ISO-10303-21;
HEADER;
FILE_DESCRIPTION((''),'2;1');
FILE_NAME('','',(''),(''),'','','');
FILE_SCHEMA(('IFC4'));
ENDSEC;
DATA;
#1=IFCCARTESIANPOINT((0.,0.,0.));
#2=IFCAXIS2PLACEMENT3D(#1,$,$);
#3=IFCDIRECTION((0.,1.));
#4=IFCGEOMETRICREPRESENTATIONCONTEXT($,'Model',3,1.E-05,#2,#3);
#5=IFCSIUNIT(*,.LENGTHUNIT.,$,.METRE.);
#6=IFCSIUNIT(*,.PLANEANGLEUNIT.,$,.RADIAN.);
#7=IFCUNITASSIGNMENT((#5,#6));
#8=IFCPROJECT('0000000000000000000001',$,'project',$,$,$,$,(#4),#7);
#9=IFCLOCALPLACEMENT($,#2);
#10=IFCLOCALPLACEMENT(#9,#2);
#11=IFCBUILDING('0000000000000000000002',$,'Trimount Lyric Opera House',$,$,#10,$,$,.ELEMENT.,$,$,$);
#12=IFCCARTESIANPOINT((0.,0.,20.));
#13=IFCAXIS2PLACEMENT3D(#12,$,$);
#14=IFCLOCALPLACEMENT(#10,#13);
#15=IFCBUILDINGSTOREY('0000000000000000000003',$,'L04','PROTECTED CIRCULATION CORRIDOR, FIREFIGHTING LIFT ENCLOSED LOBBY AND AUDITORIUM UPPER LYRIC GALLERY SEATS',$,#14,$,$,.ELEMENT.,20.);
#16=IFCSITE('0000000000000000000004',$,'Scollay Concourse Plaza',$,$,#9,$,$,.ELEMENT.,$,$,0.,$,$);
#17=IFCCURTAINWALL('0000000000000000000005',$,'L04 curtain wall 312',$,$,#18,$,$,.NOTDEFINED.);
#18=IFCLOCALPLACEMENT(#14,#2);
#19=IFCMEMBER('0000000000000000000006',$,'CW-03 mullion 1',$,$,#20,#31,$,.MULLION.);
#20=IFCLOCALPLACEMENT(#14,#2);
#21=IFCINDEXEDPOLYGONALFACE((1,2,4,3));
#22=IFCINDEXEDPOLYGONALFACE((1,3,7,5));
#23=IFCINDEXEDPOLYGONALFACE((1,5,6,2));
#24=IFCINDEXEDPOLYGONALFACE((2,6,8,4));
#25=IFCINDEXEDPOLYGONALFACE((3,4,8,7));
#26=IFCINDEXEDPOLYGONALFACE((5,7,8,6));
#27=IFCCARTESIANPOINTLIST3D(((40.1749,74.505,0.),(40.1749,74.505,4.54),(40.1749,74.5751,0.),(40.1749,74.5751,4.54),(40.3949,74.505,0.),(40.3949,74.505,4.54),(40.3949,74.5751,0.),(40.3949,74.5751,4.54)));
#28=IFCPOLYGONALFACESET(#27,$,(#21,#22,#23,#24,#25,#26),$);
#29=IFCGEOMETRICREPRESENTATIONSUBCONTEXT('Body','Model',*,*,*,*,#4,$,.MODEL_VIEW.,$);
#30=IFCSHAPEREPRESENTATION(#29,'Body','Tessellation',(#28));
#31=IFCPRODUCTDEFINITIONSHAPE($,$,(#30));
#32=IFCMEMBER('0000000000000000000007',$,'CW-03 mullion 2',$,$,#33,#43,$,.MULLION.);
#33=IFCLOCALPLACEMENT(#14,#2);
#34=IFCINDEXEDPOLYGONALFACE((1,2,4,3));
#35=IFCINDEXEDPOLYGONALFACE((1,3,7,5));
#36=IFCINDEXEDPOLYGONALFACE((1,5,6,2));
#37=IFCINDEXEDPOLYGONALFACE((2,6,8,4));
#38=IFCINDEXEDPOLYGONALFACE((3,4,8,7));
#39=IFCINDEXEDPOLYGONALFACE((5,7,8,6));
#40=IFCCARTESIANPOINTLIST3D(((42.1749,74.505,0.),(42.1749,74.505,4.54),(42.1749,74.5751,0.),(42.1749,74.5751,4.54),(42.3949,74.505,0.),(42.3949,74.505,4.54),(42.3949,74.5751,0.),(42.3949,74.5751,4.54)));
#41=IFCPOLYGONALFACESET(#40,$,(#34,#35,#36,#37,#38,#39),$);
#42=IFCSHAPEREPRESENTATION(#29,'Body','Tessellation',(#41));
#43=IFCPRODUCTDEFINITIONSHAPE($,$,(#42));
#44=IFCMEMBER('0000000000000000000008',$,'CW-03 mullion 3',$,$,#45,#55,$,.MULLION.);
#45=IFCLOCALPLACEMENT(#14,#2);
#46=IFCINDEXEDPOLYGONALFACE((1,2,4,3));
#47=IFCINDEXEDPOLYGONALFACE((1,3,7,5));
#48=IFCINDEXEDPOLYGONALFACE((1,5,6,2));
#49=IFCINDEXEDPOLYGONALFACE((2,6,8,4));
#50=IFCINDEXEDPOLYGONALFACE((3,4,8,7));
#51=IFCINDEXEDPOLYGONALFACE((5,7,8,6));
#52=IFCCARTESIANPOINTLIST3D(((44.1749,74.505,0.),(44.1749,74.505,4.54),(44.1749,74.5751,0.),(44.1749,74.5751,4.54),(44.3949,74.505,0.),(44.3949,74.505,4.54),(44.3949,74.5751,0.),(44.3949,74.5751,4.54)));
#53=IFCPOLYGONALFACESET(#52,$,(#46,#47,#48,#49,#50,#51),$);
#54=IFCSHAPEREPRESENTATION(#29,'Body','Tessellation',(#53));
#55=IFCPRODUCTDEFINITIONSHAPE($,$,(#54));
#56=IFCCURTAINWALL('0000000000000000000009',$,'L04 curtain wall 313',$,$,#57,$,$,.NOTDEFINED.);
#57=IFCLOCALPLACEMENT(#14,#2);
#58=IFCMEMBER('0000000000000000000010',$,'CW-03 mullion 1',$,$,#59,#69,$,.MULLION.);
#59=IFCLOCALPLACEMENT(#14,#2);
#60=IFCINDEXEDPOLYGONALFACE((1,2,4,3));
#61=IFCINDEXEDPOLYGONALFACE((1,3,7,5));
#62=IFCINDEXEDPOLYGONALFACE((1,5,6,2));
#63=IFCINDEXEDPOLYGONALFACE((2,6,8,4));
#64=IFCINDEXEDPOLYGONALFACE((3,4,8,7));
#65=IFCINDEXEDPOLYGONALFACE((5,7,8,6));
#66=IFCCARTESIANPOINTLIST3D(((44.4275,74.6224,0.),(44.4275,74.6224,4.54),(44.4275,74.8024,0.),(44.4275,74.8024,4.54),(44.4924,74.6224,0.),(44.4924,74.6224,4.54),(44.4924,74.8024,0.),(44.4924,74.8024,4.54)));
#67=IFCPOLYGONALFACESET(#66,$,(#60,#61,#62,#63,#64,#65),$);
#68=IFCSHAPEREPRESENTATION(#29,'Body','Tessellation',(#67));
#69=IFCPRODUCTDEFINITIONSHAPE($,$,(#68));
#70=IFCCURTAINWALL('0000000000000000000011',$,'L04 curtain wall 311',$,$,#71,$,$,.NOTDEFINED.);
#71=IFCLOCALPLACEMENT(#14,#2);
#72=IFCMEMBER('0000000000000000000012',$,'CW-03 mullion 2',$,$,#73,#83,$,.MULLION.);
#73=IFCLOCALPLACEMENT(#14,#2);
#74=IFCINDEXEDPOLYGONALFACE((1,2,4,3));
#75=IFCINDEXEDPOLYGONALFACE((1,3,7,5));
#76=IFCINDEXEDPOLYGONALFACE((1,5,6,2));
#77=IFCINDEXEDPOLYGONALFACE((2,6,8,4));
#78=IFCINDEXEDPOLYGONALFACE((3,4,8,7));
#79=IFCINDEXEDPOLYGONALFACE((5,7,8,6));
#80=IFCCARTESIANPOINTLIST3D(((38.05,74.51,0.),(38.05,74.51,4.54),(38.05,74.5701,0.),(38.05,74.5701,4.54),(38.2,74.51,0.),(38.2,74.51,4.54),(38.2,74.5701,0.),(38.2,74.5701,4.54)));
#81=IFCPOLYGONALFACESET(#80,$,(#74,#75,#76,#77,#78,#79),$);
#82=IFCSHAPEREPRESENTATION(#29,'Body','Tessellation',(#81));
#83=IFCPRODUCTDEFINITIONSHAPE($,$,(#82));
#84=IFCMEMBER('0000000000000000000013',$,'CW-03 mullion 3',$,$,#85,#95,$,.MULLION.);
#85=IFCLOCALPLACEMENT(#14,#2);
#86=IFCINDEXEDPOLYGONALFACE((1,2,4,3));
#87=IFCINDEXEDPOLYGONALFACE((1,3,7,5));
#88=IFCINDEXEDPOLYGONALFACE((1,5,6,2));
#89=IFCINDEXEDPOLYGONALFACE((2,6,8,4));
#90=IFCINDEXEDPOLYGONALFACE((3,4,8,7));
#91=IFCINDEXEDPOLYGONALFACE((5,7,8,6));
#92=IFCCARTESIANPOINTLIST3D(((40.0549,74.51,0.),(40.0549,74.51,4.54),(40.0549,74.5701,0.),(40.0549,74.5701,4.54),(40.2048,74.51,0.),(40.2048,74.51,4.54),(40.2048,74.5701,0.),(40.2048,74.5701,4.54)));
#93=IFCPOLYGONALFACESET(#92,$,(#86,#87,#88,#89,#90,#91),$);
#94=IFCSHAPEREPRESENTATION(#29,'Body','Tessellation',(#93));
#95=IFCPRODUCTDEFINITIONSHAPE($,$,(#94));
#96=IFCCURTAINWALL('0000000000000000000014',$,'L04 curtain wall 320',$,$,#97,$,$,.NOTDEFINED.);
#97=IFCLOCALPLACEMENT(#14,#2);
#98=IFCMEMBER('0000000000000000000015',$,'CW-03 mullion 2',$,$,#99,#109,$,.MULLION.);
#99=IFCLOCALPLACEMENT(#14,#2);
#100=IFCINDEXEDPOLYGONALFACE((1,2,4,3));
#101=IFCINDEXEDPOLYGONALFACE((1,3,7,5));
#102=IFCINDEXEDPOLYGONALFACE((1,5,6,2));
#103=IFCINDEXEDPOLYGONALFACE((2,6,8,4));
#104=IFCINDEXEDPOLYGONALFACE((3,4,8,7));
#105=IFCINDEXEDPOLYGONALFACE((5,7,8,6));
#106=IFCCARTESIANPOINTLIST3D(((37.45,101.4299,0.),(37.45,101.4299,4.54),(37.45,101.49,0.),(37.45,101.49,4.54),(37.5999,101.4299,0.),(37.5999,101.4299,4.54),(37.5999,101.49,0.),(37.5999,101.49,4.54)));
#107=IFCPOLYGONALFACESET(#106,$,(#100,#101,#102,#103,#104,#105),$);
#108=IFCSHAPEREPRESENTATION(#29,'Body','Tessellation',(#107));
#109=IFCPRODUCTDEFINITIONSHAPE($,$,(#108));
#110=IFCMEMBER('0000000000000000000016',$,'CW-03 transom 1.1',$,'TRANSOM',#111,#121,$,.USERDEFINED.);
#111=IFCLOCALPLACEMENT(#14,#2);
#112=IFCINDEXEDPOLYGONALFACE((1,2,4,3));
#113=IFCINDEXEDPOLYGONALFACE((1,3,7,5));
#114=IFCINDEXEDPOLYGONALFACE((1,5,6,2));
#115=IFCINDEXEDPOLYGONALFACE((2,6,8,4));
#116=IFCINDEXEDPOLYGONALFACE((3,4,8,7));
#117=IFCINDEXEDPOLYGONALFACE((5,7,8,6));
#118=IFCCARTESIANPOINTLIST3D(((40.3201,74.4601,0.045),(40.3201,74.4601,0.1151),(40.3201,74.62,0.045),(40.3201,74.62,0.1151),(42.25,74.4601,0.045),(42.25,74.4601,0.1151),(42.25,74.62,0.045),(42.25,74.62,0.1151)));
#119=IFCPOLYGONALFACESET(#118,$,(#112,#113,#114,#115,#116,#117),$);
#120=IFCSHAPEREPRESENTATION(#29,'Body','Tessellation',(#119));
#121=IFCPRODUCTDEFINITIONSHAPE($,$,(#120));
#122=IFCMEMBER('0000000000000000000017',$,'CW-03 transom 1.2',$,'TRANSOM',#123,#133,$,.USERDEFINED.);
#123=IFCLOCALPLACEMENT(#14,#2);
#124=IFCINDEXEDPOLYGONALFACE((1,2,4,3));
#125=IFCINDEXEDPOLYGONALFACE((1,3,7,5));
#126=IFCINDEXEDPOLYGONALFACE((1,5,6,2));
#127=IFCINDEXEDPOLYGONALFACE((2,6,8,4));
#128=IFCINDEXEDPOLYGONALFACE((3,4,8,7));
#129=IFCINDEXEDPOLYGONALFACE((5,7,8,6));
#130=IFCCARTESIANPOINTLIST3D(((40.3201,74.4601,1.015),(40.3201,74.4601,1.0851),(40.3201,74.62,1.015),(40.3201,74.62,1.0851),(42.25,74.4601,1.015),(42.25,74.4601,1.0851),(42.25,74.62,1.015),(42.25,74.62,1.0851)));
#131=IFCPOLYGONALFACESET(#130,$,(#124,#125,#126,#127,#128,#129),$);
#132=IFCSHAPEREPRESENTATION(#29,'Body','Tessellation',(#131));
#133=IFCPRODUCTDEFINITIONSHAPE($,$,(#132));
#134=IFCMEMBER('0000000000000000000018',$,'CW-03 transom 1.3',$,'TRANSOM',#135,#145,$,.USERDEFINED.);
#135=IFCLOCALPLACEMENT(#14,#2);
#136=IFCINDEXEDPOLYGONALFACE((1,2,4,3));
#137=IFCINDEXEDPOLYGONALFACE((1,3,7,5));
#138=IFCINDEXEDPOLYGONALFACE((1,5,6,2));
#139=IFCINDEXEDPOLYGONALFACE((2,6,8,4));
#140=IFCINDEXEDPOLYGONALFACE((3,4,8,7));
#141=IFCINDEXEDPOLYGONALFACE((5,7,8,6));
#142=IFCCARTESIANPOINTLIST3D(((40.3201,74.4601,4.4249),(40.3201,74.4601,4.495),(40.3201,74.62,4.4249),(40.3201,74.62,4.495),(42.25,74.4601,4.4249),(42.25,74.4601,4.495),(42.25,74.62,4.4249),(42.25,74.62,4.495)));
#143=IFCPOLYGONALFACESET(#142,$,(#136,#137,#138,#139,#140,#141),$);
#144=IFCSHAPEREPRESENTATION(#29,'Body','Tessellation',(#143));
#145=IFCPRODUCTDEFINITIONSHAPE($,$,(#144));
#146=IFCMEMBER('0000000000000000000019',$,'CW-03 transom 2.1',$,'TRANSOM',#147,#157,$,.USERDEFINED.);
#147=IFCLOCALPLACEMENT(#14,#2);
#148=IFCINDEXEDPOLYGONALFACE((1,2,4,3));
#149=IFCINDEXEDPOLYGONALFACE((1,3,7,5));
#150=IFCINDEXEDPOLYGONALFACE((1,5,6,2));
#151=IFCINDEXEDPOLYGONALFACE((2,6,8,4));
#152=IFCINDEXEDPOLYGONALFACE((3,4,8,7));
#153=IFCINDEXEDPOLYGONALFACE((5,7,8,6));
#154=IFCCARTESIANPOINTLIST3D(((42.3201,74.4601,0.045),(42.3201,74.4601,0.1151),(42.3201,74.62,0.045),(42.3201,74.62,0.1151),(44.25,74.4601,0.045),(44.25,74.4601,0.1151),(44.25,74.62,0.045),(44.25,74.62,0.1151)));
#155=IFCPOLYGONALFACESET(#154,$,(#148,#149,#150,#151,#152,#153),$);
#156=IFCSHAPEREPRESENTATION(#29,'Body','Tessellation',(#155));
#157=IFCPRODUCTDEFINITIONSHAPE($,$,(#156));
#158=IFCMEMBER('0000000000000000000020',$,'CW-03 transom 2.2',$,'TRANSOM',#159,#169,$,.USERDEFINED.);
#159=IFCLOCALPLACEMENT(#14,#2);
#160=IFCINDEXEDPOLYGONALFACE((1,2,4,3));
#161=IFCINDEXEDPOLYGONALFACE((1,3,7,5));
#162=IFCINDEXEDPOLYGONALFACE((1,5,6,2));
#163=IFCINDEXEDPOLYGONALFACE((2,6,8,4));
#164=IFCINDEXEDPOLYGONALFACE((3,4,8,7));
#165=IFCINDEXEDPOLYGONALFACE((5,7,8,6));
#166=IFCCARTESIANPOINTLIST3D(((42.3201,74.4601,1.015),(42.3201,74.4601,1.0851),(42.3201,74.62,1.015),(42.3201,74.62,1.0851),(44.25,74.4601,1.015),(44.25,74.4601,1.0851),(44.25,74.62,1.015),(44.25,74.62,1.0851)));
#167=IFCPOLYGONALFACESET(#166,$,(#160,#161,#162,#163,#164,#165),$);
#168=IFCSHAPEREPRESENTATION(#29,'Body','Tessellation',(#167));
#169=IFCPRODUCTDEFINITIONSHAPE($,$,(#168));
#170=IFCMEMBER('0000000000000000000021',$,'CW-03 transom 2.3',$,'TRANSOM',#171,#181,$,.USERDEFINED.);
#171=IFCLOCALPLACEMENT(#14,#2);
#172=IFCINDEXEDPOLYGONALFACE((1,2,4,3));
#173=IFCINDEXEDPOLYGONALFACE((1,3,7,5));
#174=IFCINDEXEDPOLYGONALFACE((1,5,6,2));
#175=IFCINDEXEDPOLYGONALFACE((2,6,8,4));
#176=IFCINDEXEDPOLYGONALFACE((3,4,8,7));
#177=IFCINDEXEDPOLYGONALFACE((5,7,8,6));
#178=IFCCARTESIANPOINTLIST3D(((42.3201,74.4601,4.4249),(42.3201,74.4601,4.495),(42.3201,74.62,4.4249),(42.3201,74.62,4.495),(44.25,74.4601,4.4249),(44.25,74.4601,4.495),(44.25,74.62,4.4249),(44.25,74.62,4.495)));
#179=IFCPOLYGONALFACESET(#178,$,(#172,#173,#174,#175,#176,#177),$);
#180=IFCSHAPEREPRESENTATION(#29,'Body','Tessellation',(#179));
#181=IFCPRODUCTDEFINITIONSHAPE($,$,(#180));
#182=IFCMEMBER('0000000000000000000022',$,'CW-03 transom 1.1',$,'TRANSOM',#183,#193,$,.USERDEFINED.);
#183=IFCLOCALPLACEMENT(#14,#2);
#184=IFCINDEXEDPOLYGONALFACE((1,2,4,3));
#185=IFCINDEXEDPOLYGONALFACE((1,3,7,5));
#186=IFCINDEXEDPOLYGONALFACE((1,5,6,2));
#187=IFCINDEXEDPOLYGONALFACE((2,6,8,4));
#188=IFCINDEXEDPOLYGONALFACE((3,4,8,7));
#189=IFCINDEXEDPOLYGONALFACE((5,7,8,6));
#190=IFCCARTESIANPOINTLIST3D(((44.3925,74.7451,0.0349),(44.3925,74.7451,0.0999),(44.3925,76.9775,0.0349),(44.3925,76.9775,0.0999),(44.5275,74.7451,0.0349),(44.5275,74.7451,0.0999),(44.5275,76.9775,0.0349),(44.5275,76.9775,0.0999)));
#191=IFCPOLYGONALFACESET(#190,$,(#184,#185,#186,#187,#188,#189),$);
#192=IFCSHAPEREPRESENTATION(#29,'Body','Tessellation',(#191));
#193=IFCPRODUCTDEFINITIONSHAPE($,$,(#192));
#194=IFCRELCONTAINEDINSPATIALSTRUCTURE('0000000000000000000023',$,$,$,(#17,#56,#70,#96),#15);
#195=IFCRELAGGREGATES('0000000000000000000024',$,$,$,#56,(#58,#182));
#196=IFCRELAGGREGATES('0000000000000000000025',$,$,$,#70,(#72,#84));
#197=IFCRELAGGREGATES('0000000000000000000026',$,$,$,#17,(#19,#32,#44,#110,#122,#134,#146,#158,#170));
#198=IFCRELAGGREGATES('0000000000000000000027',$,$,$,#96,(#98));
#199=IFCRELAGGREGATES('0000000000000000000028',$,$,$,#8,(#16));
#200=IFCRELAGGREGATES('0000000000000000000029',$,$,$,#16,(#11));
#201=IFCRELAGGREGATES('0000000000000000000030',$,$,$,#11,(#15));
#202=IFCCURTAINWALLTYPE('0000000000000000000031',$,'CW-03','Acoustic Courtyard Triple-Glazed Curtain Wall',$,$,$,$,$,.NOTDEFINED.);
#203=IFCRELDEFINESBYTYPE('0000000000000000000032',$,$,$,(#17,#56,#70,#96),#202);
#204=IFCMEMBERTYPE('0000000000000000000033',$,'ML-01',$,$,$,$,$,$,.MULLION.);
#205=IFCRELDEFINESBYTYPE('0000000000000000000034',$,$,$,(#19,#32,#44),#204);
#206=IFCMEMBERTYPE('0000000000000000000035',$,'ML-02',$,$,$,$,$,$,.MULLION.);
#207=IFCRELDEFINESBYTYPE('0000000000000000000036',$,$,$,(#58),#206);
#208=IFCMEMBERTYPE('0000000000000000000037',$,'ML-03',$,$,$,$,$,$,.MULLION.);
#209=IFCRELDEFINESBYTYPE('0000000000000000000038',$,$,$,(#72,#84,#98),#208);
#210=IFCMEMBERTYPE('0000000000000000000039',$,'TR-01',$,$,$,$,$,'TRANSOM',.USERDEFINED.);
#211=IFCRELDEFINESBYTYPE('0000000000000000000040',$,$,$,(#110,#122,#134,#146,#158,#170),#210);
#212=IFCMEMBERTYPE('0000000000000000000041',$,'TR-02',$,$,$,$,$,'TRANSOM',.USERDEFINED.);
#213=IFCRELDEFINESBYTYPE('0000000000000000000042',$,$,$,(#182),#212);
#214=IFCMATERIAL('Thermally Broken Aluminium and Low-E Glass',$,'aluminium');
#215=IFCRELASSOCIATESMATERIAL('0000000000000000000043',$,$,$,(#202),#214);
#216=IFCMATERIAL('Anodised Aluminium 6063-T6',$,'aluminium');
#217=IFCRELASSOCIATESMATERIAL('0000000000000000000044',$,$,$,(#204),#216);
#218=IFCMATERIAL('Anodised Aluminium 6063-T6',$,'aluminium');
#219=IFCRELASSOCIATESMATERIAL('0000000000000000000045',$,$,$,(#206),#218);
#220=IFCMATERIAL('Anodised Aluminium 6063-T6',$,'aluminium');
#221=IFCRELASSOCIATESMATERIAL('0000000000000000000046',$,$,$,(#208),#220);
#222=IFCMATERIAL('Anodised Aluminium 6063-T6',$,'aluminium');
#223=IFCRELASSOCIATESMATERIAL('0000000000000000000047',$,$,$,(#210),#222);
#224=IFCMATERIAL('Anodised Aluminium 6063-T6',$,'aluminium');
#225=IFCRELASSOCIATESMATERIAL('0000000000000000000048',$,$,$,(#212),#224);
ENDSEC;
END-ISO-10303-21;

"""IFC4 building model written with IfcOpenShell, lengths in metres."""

from ifc_helpers import new_model, si_unit, direction, frame, origin, origin_2d, place, context, subcontext, project, spatial, rectangle, extrude, material, material_profile, profile_set, type_object, element, aggregate, save


model = new_model("IFC4")

# Units and contexts
model_context = context("Model", 3, precision=1e-05, world=origin(), true_north=direction((0.0, 1.0)))
body_context = subcontext(model_context, "Body", "Model", "MODEL_VIEW")
ifc_project = project(units=[si_unit("LENGTHUNIT", "METRE"), si_unit("PLANEANGLEUNIT", "RADIAN")], contexts=[model_context])

# Site, building, storey
site_placement = place(None, origin())
site = spatial("IfcSite", under=ifc_project, at=site_placement, Name="Scollay Concourse Plaza", CompositionType="ELEMENT", RefElevation=0.0)
building_placement = place(site_placement, origin())
building = spatial("IfcBuilding", under=site, at=building_placement, Name="Trimount Lyric Opera House", CompositionType="ELEMENT")
storey_placement = place(building_placement, frame((0.0, 0.0, 20.0)))
storey = spatial("IfcBuildingStorey", under=building, at=storey_placement, Name="L04", Description="PROTECTED CIRCULATION CORRIDOR, FIREFIGHTING LIFT ENCLOSED LOBBY AND AUDITORIUM UPPER LYRIC GALLERY SEATS", CompositionType="ELEMENT", Elevation=20.0)

# Curtain wall, members
ifc_material_1 = material(Name="Thermally Broken Aluminium and Low-E Glass", Category="aluminium")
curtain_wall_type = type_object("IfcCurtainWallType", Name="CW-03", Description="Acoustic Courtyard Triple-Glazed Curtain Wall", PredefinedType="NOTDEFINED", material=ifc_material_1)
curtain_wall_1_placement = place(storey_placement, origin())
curtain_wall_1 = element("IfcCurtainWall", 1, at=curtain_wall_1_placement, inside=storey, type_object=curtain_wall_type, Name="L04 curtain wall 312", PredefinedType="NOTDEFINED")
ifc_material_2 = material(Name="Anodised Aluminium 6063-T6", Category="aluminium")
ifc_material_profile_1 = material_profile(ifc_material_2, rectangle(XDim=0.0701, YDim=0.22, at=origin_2d()), Name="ALU-MULL-70X220")
ifc_profile_set_1 = profile_set([ifc_material_profile_1], Name="Anodised Aluminium 6063-T6")
member_type_1 = type_object("IfcMemberType", Name="ML-01", PredefinedType="MULLION", material=ifc_profile_set_1)
member_1_placement = place(storey_placement, frame((40.2849, 74.54, 0.0), z_axis=(0.0, 0.0, 1.0), x_axis=(0.0, 1.0, 0.0)))
member_1 = element("IfcMember", 2, at=member_1_placement, type_object=member_type_1, Name="CW-03 mullion 1", PredefinedType="MULLION", context=body_context, shape_type="SweptSolid", body=[
    extrude(rectangle(XDim=0.0701, YDim=0.22, at=origin_2d()), origin(), (0.0, 0.0, 1.0), 4.54),
])
member_2_placement = place(storey_placement, frame((42.2849, 74.54, 0.0), z_axis=(0.0, 0.0, 1.0), x_axis=(0.0, 1.0, 0.0)))
member_2 = element("IfcMember", 3, at=member_2_placement, type_object=member_type_1, Name="CW-03 mullion 2", PredefinedType="MULLION", context=body_context, shape_type="SweptSolid", body=[
    extrude(rectangle(XDim=0.0701, YDim=0.22, at=origin_2d()), origin(), (0.0, 0.0, 1.0), 4.54),
])
member_3_placement = place(storey_placement, frame((44.2849, 74.54, 0.0), z_axis=(0.0, 0.0, 1.0), x_axis=(0.0, 1.0, 0.0)))
member_3 = element("IfcMember", 4, at=member_3_placement, type_object=member_type_1, Name="CW-03 mullion 3", PredefinedType="MULLION", context=body_context, shape_type="SweptSolid", body=[
    extrude(rectangle(XDim=0.0701, YDim=0.22, at=origin_2d()), origin(), (0.0, 0.0, 1.0), 4.54),
])

# Curtain wall, member
curtain_wall_2_placement = place(storey_placement, origin())
curtain_wall_2 = element("IfcCurtainWall", 5, at=curtain_wall_2_placement, inside=storey, type_object=curtain_wall_type, Name="L04 curtain wall 313", PredefinedType="NOTDEFINED")
ifc_material_3 = material(Name="Anodised Aluminium 6063-T6", Category="aluminium")
ifc_material_profile_2 = material_profile(ifc_material_3, rectangle(XDim=0.0649, YDim=0.1799, at=origin_2d()), Name="ALU-MULL-65X180")
ifc_profile_set_2 = profile_set([ifc_material_profile_2], Name="Anodised Aluminium 6063-T6")
member_type_2 = type_object("IfcMemberType", Name="ML-02", PredefinedType="MULLION", material=ifc_profile_set_2)
member_4_placement = place(storey_placement, frame((44.46, 74.7124, 0.0), z_axis=(0.0, 0.0, 1.0), x_axis=(-1.0, 0.0, 0.0)))
member_4 = element("IfcMember", 6, at=member_4_placement, type_object=member_type_2, Name="CW-03 mullion 1", PredefinedType="MULLION", context=body_context, shape_type="SweptSolid", body=[
    extrude(rectangle(XDim=0.0649, YDim=0.1799, at=origin_2d()), origin(), (0.0, 0.0, 1.0), 4.54),
])

# Curtain wall, members
curtain_wall_3_placement = place(storey_placement, origin())
curtain_wall_3 = element("IfcCurtainWall", 7, at=curtain_wall_3_placement, inside=storey, type_object=curtain_wall_type, Name="L04 curtain wall 311", PredefinedType="NOTDEFINED")
ifc_material_4 = material(Name="Anodised Aluminium 6063-T6", Category="aluminium")
ifc_material_profile_3 = material_profile(ifc_material_4, rectangle(XDim=0.0601, YDim=0.1499, at=origin_2d()), Name="ALU-MULL-60X150")
ifc_profile_set_3 = profile_set([ifc_material_profile_3], Name="Anodised Aluminium 6063-T6")
member_type_3 = type_object("IfcMemberType", Name="ML-03", PredefinedType="MULLION", material=ifc_profile_set_3)
member_5_placement = place(storey_placement, frame((38.125, 74.54, 0.0), z_axis=(0.0, 0.0, 1.0), x_axis=(0.0, 1.0, 0.0)))
member_5 = element("IfcMember", 8, at=member_5_placement, type_object=member_type_3, Name="CW-03 mullion 2", PredefinedType="MULLION", context=body_context, shape_type="SweptSolid", body=[
    extrude(rectangle(XDim=0.0601, YDim=0.1499, at=origin_2d()), origin(), (0.0, 0.0, 1.0), 4.54),
])
member_6_placement = place(storey_placement, frame((40.1299, 74.54, 0.0), z_axis=(0.0, 0.0, 1.0), x_axis=(0.0, 1.0, 0.0)))
member_6 = element("IfcMember", 9, at=member_6_placement, type_object=member_type_3, Name="CW-03 mullion 3", PredefinedType="MULLION", context=body_context, shape_type="SweptSolid", body=[
    extrude(rectangle(XDim=0.0601, YDim=0.1499, at=origin_2d()), origin(), (0.0, 0.0, 1.0), 4.54),
])

# Curtain wall, member
curtain_wall_4_placement = place(storey_placement, origin())
curtain_wall_4 = element("IfcCurtainWall", 10, at=curtain_wall_4_placement, inside=storey, type_object=curtain_wall_type, Name="L04 curtain wall 320", PredefinedType="NOTDEFINED")
member_7_placement = place(storey_placement, frame((37.5249, 101.46, 0.0), z_axis=(0.0, 0.0, 1.0), x_axis=(0.0, -1.0, 0.0)))
member_7 = element("IfcMember", 11, at=member_7_placement, type_object=member_type_3, Name="CW-03 mullion 2", PredefinedType="MULLION", context=body_context, shape_type="SweptSolid", body=[
    extrude(rectangle(XDim=0.0601, YDim=0.1499, at=origin_2d()), origin(), (0.0, 0.0, 1.0), 4.54),
])

# Members
ifc_material_5 = material(Name="Anodised Aluminium 6063-T6", Category="aluminium")
ifc_material_profile_4 = material_profile(ifc_material_5, rectangle(XDim=0.1599, YDim=0.0701, at=origin_2d()), Name="ALU-TRAN-70X160")
ifc_profile_set_4 = profile_set([ifc_material_profile_4], Name="Anodised Aluminium 6063-T6")
member_type_4 = type_object("IfcMemberType", Name="TR-01", ElementType="TRANSOM", PredefinedType="USERDEFINED", material=ifc_profile_set_4)
member_8_placement = place(storey_placement, frame((40.3201, 74.54, 0.0801), z_axis=(1.0, 0.0, 0.0), x_axis=(0.0, 1.0, 0.0)))
member_8 = element("IfcMember", 12, at=member_8_placement, type_object=member_type_4, Name="CW-03 transom 1.1", ObjectType="TRANSOM", PredefinedType="USERDEFINED", context=body_context, shape_type="SweptSolid", body=[
    extrude(rectangle(XDim=0.1599, YDim=0.0701, at=origin_2d()), origin(), (0.0, 0.0, 1.0), 1.9299),
])
member_9_placement = place(storey_placement, frame((40.3201, 74.54, 1.05), z_axis=(1.0, 0.0, 0.0), x_axis=(0.0, 1.0, 0.0)))
member_9 = element("IfcMember", 13, at=member_9_placement, type_object=member_type_4, Name="CW-03 transom 1.2", ObjectType="TRANSOM", PredefinedType="USERDEFINED", context=body_context, shape_type="SweptSolid", body=[
    extrude(rectangle(XDim=0.1599, YDim=0.0701, at=origin_2d()), origin(), (0.0, 0.0, 1.0), 1.9299),
])
member_10_placement = place(storey_placement, frame((40.3201, 74.54, 4.46), z_axis=(1.0, 0.0, 0.0), x_axis=(0.0, 1.0, 0.0)))
member_10 = element("IfcMember", 14, at=member_10_placement, type_object=member_type_4, Name="CW-03 transom 1.3", ObjectType="TRANSOM", PredefinedType="USERDEFINED", context=body_context, shape_type="SweptSolid", body=[
    extrude(rectangle(XDim=0.1599, YDim=0.0701, at=origin_2d()), origin(), (0.0, 0.0, 1.0), 1.9299),
])
member_11_placement = place(storey_placement, frame((42.3201, 74.54, 0.0801), z_axis=(1.0, 0.0, 0.0), x_axis=(0.0, 1.0, 0.0)))
member_11 = element("IfcMember", 15, at=member_11_placement, type_object=member_type_4, Name="CW-03 transom 2.1", ObjectType="TRANSOM", PredefinedType="USERDEFINED", context=body_context, shape_type="SweptSolid", body=[
    extrude(rectangle(XDim=0.1599, YDim=0.0701, at=origin_2d()), origin(), (0.0, 0.0, 1.0), 1.9299),
])
member_12_placement = place(storey_placement, frame((42.3201, 74.54, 1.05), z_axis=(1.0, 0.0, 0.0), x_axis=(0.0, 1.0, 0.0)))
member_12 = element("IfcMember", 16, at=member_12_placement, type_object=member_type_4, Name="CW-03 transom 2.2", ObjectType="TRANSOM", PredefinedType="USERDEFINED", context=body_context, shape_type="SweptSolid", body=[
    extrude(rectangle(XDim=0.1599, YDim=0.0701, at=origin_2d()), origin(), (0.0, 0.0, 1.0), 1.9299),
])
member_13_placement = place(storey_placement, frame((42.3201, 74.54, 4.46), z_axis=(1.0, 0.0, 0.0), x_axis=(0.0, 1.0, 0.0)))
member_13 = element("IfcMember", 17, at=member_13_placement, type_object=member_type_4, Name="CW-03 transom 2.3", ObjectType="TRANSOM", PredefinedType="USERDEFINED", context=body_context, shape_type="SweptSolid", body=[
    extrude(rectangle(XDim=0.1599, YDim=0.0701, at=origin_2d()), origin(), (0.0, 0.0, 1.0), 1.9299),
])
ifc_material_6 = material(Name="Anodised Aluminium 6063-T6", Category="aluminium")
ifc_material_profile_5 = material_profile(ifc_material_6, rectangle(XDim=0.135, YDim=0.0649, at=origin_2d()), Name="ALU-TRAN-65X135")
ifc_profile_set_5 = profile_set([ifc_material_profile_5], Name="Anodised Aluminium 6063-T6")
member_type_5 = type_object("IfcMemberType", Name="TR-02", ElementType="TRANSOM", PredefinedType="USERDEFINED", material=ifc_profile_set_5)
member_14_placement = place(storey_placement, frame((44.46, 74.7451, 0.0674), z_axis=(0.0, 1.0, 0.0), x_axis=(-1.0, 0.0, 0.0)))
member_14 = element("IfcMember", 18, at=member_14_placement, type_object=member_type_5, Name="CW-03 transom 1.1", ObjectType="TRANSOM", PredefinedType="USERDEFINED", context=body_context, shape_type="SweptSolid", body=[
    extrude(rectangle(XDim=0.135, YDim=0.0649, at=origin_2d()), origin(), (0.0, 0.0, 1.0), 2.2324),
])

aggregate(curtain_wall_2, [member_4, member_14])
aggregate(curtain_wall_3, [member_5, member_6])
aggregate(curtain_wall_1, [member_1, member_2, member_3, member_8, member_9, member_10, member_11, member_12, member_13])
aggregate(curtain_wall_4, [member_7])

save(model, "model.ifc")
